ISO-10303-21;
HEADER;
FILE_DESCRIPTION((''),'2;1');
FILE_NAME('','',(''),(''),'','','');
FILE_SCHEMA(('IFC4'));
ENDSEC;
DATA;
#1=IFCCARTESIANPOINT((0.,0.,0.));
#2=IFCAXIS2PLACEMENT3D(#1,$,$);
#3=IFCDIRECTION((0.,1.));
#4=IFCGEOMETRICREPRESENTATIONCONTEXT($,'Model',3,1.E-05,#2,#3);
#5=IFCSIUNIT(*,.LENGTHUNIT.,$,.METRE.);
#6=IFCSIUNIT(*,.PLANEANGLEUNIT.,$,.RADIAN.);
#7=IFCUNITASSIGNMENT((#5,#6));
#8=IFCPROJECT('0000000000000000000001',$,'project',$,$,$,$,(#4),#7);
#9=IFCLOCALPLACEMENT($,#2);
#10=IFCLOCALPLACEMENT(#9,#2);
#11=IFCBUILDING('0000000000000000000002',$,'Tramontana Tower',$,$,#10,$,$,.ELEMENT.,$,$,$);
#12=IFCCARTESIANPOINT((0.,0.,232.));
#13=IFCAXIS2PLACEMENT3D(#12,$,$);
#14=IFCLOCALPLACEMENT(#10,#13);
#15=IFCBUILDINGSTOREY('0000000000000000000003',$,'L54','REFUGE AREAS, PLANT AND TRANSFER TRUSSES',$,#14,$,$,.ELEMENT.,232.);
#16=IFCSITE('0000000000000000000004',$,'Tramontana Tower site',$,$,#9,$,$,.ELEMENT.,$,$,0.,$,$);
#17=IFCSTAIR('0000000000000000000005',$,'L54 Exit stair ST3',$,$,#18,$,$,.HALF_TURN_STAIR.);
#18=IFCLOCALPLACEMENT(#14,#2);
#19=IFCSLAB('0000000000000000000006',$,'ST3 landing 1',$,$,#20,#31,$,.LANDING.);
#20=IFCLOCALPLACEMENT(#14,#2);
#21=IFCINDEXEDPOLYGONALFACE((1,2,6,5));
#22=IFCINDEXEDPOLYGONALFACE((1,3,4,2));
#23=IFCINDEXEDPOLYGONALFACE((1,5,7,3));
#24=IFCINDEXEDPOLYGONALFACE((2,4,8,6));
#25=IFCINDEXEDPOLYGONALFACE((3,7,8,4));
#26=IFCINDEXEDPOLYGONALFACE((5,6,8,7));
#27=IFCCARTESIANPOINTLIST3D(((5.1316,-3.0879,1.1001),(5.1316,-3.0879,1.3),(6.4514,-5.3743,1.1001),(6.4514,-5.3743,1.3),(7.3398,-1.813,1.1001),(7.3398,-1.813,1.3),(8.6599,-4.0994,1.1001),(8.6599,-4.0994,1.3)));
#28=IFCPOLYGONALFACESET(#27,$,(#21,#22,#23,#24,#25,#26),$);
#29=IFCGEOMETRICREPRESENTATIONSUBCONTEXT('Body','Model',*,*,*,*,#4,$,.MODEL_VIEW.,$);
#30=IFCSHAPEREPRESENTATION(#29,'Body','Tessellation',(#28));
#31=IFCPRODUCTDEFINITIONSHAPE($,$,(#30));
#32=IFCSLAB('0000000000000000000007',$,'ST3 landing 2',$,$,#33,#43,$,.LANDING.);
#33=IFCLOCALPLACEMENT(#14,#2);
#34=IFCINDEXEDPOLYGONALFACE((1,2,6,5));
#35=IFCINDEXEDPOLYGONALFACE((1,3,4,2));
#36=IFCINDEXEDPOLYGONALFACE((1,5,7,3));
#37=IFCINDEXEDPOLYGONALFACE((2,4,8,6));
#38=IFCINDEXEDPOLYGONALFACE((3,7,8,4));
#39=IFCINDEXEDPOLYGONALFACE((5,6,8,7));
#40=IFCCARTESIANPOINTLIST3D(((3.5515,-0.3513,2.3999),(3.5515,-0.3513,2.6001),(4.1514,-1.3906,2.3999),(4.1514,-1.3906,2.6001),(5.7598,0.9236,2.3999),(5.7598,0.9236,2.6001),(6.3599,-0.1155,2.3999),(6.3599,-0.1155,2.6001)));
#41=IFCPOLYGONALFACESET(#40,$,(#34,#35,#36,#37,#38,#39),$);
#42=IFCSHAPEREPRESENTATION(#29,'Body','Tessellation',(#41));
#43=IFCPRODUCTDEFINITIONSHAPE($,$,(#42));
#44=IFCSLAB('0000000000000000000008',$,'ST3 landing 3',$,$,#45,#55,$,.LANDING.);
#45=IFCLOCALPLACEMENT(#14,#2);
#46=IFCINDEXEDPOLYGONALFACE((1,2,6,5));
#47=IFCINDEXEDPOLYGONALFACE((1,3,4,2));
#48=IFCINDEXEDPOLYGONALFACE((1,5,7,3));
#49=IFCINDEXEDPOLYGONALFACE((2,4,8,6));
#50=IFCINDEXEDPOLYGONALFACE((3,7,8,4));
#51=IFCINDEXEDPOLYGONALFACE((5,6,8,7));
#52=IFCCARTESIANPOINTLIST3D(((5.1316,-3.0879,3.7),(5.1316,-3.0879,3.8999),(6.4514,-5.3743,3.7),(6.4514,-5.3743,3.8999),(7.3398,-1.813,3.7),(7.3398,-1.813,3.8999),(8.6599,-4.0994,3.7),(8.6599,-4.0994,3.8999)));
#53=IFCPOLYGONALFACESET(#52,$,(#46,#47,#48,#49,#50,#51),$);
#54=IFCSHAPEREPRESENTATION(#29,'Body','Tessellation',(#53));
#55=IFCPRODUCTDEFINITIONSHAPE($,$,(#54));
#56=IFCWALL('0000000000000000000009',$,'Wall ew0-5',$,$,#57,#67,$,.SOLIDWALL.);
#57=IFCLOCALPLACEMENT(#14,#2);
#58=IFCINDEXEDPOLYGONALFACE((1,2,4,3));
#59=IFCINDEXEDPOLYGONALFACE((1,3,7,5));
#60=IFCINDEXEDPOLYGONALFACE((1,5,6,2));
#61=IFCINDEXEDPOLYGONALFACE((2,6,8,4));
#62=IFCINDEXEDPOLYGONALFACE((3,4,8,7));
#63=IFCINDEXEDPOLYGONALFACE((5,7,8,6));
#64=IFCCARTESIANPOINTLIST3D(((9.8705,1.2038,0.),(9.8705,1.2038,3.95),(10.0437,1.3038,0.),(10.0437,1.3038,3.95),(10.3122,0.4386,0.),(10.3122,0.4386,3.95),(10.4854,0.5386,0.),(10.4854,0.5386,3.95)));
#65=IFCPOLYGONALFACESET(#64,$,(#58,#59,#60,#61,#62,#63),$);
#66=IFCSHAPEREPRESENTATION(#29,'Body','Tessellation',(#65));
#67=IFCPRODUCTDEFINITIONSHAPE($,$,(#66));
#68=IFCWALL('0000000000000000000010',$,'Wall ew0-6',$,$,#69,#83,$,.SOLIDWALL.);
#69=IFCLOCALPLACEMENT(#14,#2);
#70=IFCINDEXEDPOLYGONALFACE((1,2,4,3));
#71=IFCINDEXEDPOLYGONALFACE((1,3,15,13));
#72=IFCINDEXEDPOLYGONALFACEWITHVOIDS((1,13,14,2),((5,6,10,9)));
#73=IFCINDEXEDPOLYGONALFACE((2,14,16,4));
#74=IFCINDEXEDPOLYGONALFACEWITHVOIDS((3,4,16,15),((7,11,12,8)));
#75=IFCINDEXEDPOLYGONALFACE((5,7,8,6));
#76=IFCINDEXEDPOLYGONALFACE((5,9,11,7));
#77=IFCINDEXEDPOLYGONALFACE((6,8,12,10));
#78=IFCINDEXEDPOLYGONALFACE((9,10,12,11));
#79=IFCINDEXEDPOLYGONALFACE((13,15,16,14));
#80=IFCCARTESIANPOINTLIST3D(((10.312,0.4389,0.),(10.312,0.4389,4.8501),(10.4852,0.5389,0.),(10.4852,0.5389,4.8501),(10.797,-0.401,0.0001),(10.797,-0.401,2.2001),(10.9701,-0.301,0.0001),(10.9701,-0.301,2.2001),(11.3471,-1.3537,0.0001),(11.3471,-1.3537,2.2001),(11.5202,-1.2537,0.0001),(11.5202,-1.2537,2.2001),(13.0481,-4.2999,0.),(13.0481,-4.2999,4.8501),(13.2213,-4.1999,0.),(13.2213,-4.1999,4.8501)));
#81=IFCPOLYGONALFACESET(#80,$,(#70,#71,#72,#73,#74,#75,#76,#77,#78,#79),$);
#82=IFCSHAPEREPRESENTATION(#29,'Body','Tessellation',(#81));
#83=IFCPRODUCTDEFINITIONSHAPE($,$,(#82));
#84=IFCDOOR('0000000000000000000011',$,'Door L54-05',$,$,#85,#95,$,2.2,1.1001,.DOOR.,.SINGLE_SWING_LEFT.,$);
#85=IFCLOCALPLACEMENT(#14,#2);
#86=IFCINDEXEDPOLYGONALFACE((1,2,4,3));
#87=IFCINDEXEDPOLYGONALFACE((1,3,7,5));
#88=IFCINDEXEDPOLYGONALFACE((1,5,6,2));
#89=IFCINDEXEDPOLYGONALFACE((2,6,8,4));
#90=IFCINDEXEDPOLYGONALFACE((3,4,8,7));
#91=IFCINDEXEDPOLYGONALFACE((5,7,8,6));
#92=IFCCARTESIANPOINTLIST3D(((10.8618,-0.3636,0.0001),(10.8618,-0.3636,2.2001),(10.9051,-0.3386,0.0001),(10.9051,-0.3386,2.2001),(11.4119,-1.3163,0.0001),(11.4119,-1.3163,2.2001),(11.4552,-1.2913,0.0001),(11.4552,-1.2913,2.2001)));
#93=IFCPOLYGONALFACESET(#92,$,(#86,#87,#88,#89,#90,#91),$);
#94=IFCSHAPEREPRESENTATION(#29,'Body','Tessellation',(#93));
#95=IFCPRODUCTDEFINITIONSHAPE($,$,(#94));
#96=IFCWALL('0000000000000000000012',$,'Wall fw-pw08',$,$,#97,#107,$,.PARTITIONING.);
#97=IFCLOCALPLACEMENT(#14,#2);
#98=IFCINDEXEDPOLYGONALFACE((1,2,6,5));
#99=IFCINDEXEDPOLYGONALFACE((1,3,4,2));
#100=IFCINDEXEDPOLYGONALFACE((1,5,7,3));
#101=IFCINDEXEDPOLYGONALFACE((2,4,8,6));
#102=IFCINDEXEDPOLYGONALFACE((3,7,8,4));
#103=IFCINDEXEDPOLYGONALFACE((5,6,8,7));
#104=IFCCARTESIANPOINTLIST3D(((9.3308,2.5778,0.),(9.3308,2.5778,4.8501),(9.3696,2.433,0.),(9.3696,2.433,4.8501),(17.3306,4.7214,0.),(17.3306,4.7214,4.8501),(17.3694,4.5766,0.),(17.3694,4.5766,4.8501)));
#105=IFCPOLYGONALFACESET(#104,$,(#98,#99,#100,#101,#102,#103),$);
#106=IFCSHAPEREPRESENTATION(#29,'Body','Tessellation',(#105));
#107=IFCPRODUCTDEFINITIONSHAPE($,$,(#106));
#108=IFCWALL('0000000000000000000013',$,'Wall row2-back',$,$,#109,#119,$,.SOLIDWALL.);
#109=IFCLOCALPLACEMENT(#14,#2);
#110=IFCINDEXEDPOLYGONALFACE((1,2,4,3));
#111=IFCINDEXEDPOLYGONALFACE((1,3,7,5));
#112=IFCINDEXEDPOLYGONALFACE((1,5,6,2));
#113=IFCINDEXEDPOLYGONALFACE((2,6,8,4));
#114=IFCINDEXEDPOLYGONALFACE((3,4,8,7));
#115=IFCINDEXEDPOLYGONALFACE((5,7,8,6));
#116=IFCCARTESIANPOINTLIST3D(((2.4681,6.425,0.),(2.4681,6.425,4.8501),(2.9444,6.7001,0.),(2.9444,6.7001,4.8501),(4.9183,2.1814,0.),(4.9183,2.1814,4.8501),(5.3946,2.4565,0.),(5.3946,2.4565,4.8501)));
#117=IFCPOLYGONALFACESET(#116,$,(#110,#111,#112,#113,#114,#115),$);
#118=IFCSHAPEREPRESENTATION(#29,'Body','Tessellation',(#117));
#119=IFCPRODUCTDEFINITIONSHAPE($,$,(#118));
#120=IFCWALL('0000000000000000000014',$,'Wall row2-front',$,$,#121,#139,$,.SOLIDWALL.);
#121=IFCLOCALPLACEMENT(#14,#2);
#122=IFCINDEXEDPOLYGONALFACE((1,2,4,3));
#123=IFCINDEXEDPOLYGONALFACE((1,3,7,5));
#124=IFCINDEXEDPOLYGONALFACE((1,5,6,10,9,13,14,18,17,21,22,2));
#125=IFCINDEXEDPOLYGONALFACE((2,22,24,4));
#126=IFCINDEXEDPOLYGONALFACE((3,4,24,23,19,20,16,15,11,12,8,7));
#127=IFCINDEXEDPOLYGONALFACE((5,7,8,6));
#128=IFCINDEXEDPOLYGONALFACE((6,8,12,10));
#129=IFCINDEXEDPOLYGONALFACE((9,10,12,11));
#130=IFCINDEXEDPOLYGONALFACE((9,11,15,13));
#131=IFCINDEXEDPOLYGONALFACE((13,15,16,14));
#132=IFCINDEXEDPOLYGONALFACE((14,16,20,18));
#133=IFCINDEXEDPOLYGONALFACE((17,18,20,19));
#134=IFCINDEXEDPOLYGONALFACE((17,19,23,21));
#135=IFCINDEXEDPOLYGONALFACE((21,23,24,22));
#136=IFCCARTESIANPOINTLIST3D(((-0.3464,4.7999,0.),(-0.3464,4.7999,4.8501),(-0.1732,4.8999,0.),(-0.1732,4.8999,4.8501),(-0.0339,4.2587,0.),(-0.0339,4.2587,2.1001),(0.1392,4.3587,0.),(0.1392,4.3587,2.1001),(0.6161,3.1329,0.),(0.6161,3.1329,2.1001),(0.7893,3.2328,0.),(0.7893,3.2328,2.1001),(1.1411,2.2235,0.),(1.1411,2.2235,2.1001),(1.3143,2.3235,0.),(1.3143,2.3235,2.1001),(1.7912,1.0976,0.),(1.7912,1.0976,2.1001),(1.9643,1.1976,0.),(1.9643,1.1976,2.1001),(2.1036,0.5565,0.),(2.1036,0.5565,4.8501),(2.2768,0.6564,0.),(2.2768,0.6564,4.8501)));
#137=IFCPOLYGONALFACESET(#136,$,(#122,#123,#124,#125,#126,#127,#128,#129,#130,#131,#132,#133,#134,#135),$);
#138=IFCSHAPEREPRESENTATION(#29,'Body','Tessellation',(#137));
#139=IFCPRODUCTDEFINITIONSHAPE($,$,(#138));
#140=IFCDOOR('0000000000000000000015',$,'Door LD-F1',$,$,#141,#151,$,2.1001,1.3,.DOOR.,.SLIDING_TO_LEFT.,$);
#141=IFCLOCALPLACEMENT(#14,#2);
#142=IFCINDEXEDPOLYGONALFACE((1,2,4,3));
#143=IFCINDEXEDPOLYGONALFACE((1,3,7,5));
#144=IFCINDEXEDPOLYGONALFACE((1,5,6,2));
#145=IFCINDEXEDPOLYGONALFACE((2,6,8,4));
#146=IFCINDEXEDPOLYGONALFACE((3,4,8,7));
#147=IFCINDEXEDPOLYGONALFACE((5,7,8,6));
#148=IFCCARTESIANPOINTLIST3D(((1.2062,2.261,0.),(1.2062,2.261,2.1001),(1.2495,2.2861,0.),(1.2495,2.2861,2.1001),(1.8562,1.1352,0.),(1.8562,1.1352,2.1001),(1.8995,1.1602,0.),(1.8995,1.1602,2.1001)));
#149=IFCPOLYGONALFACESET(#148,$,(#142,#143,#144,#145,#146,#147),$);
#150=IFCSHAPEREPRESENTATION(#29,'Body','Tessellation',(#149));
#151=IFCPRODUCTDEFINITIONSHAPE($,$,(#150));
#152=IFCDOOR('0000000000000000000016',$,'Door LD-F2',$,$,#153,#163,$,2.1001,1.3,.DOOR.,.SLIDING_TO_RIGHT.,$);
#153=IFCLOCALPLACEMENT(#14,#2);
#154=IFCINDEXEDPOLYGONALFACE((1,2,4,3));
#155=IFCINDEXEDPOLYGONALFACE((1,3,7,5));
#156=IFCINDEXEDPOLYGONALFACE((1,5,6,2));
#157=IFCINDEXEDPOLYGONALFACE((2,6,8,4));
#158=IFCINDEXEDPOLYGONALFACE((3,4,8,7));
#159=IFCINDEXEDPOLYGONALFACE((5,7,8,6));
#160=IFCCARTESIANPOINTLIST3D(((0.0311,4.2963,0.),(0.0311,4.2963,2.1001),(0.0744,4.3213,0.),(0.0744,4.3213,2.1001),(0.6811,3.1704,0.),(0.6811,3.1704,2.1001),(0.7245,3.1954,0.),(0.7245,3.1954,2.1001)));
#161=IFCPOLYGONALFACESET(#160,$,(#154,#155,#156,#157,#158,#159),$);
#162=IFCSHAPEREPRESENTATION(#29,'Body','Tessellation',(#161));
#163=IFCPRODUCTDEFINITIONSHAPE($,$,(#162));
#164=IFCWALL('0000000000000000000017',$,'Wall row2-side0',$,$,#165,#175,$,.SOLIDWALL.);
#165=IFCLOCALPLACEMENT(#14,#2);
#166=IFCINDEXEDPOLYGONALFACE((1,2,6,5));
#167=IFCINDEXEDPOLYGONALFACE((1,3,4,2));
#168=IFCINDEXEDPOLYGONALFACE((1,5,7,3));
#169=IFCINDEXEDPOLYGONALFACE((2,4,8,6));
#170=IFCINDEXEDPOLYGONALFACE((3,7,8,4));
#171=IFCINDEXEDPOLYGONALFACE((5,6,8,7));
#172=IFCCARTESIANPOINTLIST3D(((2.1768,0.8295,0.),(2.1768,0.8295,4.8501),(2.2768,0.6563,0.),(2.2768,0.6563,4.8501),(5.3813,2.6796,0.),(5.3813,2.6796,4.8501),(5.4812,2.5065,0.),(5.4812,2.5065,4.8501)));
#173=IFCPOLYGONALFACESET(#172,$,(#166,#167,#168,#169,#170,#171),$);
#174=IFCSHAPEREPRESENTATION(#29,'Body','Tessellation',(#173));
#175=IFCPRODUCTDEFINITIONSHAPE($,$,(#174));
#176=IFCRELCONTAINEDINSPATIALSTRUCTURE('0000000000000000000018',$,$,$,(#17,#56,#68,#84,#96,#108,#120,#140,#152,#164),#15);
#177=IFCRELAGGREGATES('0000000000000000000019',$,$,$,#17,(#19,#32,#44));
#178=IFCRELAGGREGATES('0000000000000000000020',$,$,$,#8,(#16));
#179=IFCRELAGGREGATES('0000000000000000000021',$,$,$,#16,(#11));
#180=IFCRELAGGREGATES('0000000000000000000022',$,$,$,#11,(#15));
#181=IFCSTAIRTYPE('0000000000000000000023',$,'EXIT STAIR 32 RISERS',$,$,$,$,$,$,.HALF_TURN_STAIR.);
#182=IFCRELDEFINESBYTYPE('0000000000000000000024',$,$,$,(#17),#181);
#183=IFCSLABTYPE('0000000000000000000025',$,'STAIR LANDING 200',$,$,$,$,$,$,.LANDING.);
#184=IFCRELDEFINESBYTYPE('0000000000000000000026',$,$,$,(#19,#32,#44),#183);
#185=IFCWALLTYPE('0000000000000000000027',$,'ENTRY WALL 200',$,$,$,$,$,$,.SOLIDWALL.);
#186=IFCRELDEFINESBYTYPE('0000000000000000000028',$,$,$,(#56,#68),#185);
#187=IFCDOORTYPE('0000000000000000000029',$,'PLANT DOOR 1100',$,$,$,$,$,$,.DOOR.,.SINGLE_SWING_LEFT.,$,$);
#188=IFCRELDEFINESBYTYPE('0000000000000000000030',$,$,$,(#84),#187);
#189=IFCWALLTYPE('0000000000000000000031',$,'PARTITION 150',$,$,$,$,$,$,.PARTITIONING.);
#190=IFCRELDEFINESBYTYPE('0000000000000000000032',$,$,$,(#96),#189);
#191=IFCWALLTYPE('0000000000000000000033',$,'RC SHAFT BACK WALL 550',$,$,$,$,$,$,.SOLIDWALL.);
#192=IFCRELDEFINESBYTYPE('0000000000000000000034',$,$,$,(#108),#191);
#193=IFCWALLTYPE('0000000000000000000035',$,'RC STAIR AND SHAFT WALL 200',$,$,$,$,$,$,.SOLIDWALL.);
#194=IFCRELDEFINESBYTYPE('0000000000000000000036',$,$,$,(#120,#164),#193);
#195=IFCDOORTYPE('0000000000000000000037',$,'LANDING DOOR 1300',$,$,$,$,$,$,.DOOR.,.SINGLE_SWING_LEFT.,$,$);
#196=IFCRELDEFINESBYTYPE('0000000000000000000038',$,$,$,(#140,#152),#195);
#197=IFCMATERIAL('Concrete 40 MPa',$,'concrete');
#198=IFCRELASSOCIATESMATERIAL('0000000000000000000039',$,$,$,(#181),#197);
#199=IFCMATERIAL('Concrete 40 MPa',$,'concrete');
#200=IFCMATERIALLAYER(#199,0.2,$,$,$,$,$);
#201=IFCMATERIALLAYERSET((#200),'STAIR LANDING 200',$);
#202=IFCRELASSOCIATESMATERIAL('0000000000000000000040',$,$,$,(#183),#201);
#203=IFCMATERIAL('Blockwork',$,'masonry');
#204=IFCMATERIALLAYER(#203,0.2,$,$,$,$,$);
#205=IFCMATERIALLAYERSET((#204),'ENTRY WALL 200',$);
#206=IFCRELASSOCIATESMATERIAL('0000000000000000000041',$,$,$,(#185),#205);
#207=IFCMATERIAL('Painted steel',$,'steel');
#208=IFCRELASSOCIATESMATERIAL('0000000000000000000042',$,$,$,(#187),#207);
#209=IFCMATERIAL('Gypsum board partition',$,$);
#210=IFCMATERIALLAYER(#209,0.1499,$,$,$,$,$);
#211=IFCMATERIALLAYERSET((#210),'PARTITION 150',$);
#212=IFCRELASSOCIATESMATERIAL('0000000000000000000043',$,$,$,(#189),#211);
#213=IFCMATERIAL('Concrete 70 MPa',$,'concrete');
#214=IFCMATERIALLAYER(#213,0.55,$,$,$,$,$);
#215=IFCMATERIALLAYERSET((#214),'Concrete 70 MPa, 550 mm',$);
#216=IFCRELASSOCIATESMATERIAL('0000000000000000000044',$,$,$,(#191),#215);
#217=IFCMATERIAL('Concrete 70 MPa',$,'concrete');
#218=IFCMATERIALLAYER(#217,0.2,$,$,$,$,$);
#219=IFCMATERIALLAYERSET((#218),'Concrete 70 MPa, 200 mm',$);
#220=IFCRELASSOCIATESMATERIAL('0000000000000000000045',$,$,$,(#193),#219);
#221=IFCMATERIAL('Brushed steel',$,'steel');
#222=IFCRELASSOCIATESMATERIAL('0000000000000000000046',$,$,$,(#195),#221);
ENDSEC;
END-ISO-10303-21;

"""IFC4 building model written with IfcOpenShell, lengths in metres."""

from ifc_helpers import new_model, si_unit, direction, frame, frame_2d, origin, place, context, subcontext, project, spatial, polyline, rectangle, outline, extrude, material, layer, layer_set, type_object, element, fill, aggregate, save


model = new_model("IFC4")

# Units and contexts
model_context = context("Model", 3, precision=1e-05, world=origin(), true_north=direction((0.0, 1.0)))
body_context = subcontext(model_context, "Body", "Model", "MODEL_VIEW")
ifc_project = project(units=[si_unit("LENGTHUNIT", "METRE"), si_unit("PLANEANGLEUNIT", "RADIAN")], contexts=[model_context])

# Site, building, storey
site_placement = place(None, origin())
site = spatial("IfcSite", under=ifc_project, at=site_placement, Name="Tramontana Tower site", CompositionType="ELEMENT", RefElevation=0.0)
building_placement = place(site_placement, origin())
building = spatial("IfcBuilding", under=site, at=building_placement, Name="Tramontana Tower", CompositionType="ELEMENT")
storey_placement = place(building_placement, frame((0.0, 0.0, 232.0)))
storey = spatial("IfcBuildingStorey", under=building, at=storey_placement, Name="L54", Description="REFUGE AREAS, PLANT AND TRANSFER TRUSSES", CompositionType="ELEMENT", Elevation=232.0)

# Shared definitions
ifc_material_1 = material(Name="Concrete 40 MPa", Category="concrete")
stair_type = type_object("IfcStairType", Name="EXIT STAIR 32 RISERS", PredefinedType="HALF_TURN_STAIR", material=ifc_material_1)
ifc_material_2 = material(Name="Concrete 40 MPa", Category="concrete")
ifc_layer_1 = layer(ifc_material_2, 0.2)
ifc_layer_set_1 = layer_set([ifc_layer_1], Name="STAIR LANDING 200")
slab_type = type_object("IfcSlabType", Name="STAIR LANDING 200", PredefinedType="LANDING", material=ifc_layer_set_1)

# Stair, slabs
stair_1_placement = place(storey_placement, origin())
stair_1 = element("IfcStair", 1, at=stair_1_placement, inside=storey, type_object=stair_type, Name="L54 Exit stair ST3", PredefinedType="HALF_TURN_STAIR")
slab_1_placement = place(storey_placement, frame((0.0, 0.0, 1.1001)))
slab_1 = element("IfcSlab", 2, at=slab_1_placement, type_object=slab_type, Name="ST3 landing 1", PredefinedType="LANDING", context=body_context, shape_type="SweptSolid", body=[
    extrude(outline(polyline([(5.1316, -3.0879), (6.4514, -5.3743), (8.6599, -4.0994), (7.3398, -1.813), (5.1316, -3.0879)])), origin(), (0.0, 0.0, 1.0), 0.2),
])
slab_2_placement = place(storey_placement, frame((0.0, 0.0, 2.3999)))
slab_2 = element("IfcSlab", 3, at=slab_2_placement, type_object=slab_type, Name="ST3 landing 2", PredefinedType="LANDING", context=body_context, shape_type="SweptSolid", body=[
    extrude(outline(polyline([(3.5515, -0.3513), (4.1514, -1.3906), (6.3599, -0.1155), (5.7598, 0.9236), (3.5515, -0.3513)])), origin(), (0.0, 0.0, 1.0), 0.2002),
])
slab_3_placement = place(storey_placement, frame((0.0, 0.0, 3.7)))
slab_3 = element("IfcSlab", 4, at=slab_3_placement, type_object=slab_type, Name="ST3 landing 3", PredefinedType="LANDING", context=body_context, shape_type="SweptSolid", body=[
    extrude(outline(polyline([(5.1316, -3.0879), (6.4514, -5.3743), (8.6599, -4.0994), (7.3398, -1.813), (5.1316, -3.0879)])), origin(), (0.0, 0.0, 1.0), 0.2),
])
aggregate(stair_1, [slab_1, slab_2, slab_3])

# Wall
ifc_material_3 = material(Name="Blockwork", Category="masonry")
ifc_layer_2 = layer(ifc_material_3, 0.2)
ifc_layer_set_2 = layer_set([ifc_layer_2], Name="ENTRY WALL 200")
wall_type_1 = type_object("IfcWallType", Name="ENTRY WALL 200", PredefinedType="SOLIDWALL", material=ifc_layer_set_2)
wall_1_placement = place(storey_placement, frame((9.957, 1.2539, 0.0), z_axis=(0.0, 0.0, 1.0), x_axis=(0.499914, -0.866075, 0.0)))
element("IfcWall", 5, at=wall_1_placement, inside=storey, type_object=wall_type_1, Name="Wall ew0-5", PredefinedType="SOLIDWALL", context=body_context, shape_type="SweptSolid", body=[
    extrude(rectangle(XDim=0.8835, YDim=0.2, at=frame_2d((0.4419, 0.0))), origin(), (0.0, 0.0, 1.0), 3.95),
])

# Wall, opening, door
wall_2_placement = place(storey_placement, frame((10.3987, 0.4888, 0.0), z_axis=(0.0, 0.0, 1.0), x_axis=(0.500021, -0.866013, 0.0)))
wall_2 = element("IfcWall", 6, at=wall_2_placement, inside=storey, type_object=wall_type_1, Name="Wall ew0-6", PredefinedType="SOLIDWALL", context=body_context, shape_type="SweptSolid", body=[
    extrude(rectangle(XDim=5.4719, YDim=0.2, at=frame_2d((2.7358, 0.0))), origin(), (0.0, 0.0, 1.0), 4.8501),
])
opening_1_placement = place(wall_2_placement, frame((0.9697, 0.0, 0.0)))
opening_1 = element("IfcOpeningElement", 7, at=opening_1_placement, cuts=wall_2, PredefinedType="OPENING", context=body_context, shape_type="SweptSolid", body=[
    extrude(rectangle(XDim=1.1001, YDim=2.2, at=frame_2d((0.55, 1.1001))), frame((0.0, 0.1099, 0.0), z_axis=(0.0, -1.0, 0.0), x_axis=(1.0, 0.0, 0.0)), (0.0, 0.0, 1.0), 0.22),
])
ifc_material_4 = material(Name="Painted steel", Category="steel")
door_type_1 = type_object("IfcDoorType", Name="PLANT DOOR 1100", OperationType="SINGLE_SWING_LEFT", PredefinedType="DOOR", material=ifc_material_4)
door_1_placement = place(opening_1_placement, origin())
door_1 = element("IfcDoor", 8, at=door_1_placement, inside=storey, type_object=door_type_1, Name="Door L54-05", OperationType="SINGLE_SWING_LEFT", OverallHeight=2.2, OverallWidth=1.1001, PredefinedType="DOOR", context=body_context, shape_type="SweptSolid", body=[
    extrude(rectangle(XDim=1.1001, YDim=2.2, at=frame_2d((0.55, 1.1001))), frame((0.0, 0.0249, 0.0), z_axis=(0.0, -1.0, 0.0), x_axis=(1.0, 0.0, 0.0)), (0.0, 0.0, 1.0), 0.05),
])
fill(opening_1, door_1)

# Walls
ifc_material_5 = material(Name="Gypsum board partition")
ifc_layer_3 = layer(ifc_material_5, 0.1499)
ifc_layer_set_3 = layer_set([ifc_layer_3], Name="PARTITION 150")
wall_type_2 = type_object("IfcWallType", Name="PARTITION 150", PredefinedType="PARTITIONING", material=ifc_layer_set_3)
wall_3_placement = place(storey_placement, frame((9.3501, 2.5054, 0.0), z_axis=(0.0, 0.0, 1.0), x_axis=(0.965925, 0.258822, 0.0)))
element("IfcWall", 9, at=wall_3_placement, inside=storey, type_object=wall_type_2, Name="Wall fw-pw08", PredefinedType="PARTITIONING", context=body_context, shape_type="SweptSolid", body=[
    extrude(rectangle(XDim=8.282, YDim=0.1499, at=frame_2d((4.1411, 0.0))), origin(), (0.0, 0.0, 1.0), 4.8501),
])
ifc_material_6 = material(Name="Concrete 70 MPa", Category="concrete")
ifc_layer_4 = layer(ifc_material_6, 0.55)
ifc_layer_set_4 = layer_set([ifc_layer_4], Name="Concrete 70 MPa, 550 mm")
wall_type_3 = type_object("IfcWallType", Name="RC SHAFT BACK WALL 550", PredefinedType="SOLIDWALL", material=ifc_layer_set_4)
wall_4_placement = place(storey_placement, frame((5.1565, 2.3188, 0.0), z_axis=(0.0, 0.0, 1.0), x_axis=(-0.500019, 0.866015, 0.0)))
element("IfcWall", 10, at=wall_4_placement, inside=storey, type_object=wall_type_3, Name="Wall row2-back", PredefinedType="SOLIDWALL", context=body_context, shape_type="SweptSolid", body=[
    extrude(rectangle(XDim=4.9001, YDim=0.55, at=frame_2d((2.4502, 0.0))), origin(), (0.0, 0.0, 1.0), 4.8501),
])

# Wall, openings, doors
ifc_material_7 = material(Name="Concrete 70 MPa", Category="concrete")
ifc_layer_5 = layer(ifc_material_7, 0.2)
ifc_layer_set_5 = layer_set([ifc_layer_5], Name="Concrete 70 MPa, 200 mm")
wall_type_4 = type_object("IfcWallType", Name="RC STAIR AND SHAFT WALL 200", PredefinedType="SOLIDWALL", material=ifc_layer_set_5)
wall_5_placement = place(storey_placement, frame((2.1902, 0.6064, 0.0), z_axis=(0.0, 0.0, 1.0), x_axis=(-0.500003, 0.866024, 0.0)))
wall_5 = element("IfcWall", 11, at=wall_5_placement, inside=storey, type_object=wall_type_4, Name="Wall row2-front", PredefinedType="SOLIDWALL", context=body_context, shape_type="SweptSolid", body=[
    extrude(rectangle(XDim=4.8999, YDim=0.2, at=frame_2d((2.45, 0.0))), origin(), (0.0, 0.0, 1.0), 4.8501),
])
opening_2_placement = place(wall_5_placement, frame((0.625, 0.0, 0.0)))
opening_2 = element("IfcOpeningElement", 12, at=opening_2_placement, cuts=wall_5, PredefinedType="OPENING", context=body_context, shape_type="SweptSolid", body=[
    extrude(rectangle(XDim=1.3, YDim=2.1001, at=frame_2d((0.6499, 1.05))), frame((0.0, 0.1099, 0.0), z_axis=(0.0, -1.0, 0.0), x_axis=(1.0, 0.0, 0.0)), (0.0, 0.0, 1.0), 0.22),
])
opening_3_placement = place(wall_5_placement, frame((2.9751, 0.0, 0.0)))
opening_3 = element("IfcOpeningElement", 13, at=opening_3_placement, cuts=wall_5, PredefinedType="OPENING", context=body_context, shape_type="SweptSolid", body=[
    extrude(rectangle(XDim=1.3, YDim=2.1001, at=frame_2d((0.6499, 1.05))), frame((0.0, 0.1099, 0.0), z_axis=(0.0, -1.0, 0.0), x_axis=(1.0, 0.0, 0.0)), (0.0, 0.0, 1.0), 0.22),
])
ifc_material_8 = material(Name="Brushed steel", Category="steel")
door_type_2 = type_object("IfcDoorType", Name="LANDING DOOR 1300", OperationType="SINGLE_SWING_LEFT", PredefinedType="DOOR", material=ifc_material_8)
door_2_placement = place(opening_2_placement, origin())
door_2 = element("IfcDoor", 14, at=door_2_placement, inside=storey, type_object=door_type_2, Name="Door LD-F1", OperationType="SLIDING_TO_LEFT", OverallHeight=2.1001, OverallWidth=1.3, PredefinedType="DOOR", context=body_context, shape_type="SweptSolid", body=[
    extrude(rectangle(XDim=1.3, YDim=2.1001, at=frame_2d((0.6499, 1.05))), frame((0.0, 0.0249, 0.0), z_axis=(0.0, -1.0, 0.0), x_axis=(1.0, 0.0, 0.0)), (0.0, 0.0, 1.0), 0.05),
])
fill(opening_2, door_2)
door_3_placement = place(opening_3_placement, origin())
door_3 = element("IfcDoor", 15, at=door_3_placement, inside=storey, type_object=door_type_2, Name="Door LD-F2", OperationType="SLIDING_TO_RIGHT", OverallHeight=2.1001, OverallWidth=1.3, PredefinedType="DOOR", context=body_context, shape_type="SweptSolid", body=[
    extrude(rectangle(XDim=1.3, YDim=2.1001, at=frame_2d((0.6499, 1.05))), frame((0.0, 0.0249, 0.0), z_axis=(0.0, -1.0, 0.0), x_axis=(1.0, 0.0, 0.0)), (0.0, 0.0, 1.0), 0.05),
])
fill(opening_3, door_3)

# Wall
for number, where, z_axis, x_axis, name in (
    (16, (2.2268, 0.7429, 0.0), (0.0, 0.0, 1.0), (0.866017, 0.500014, 0.0), "Wall row2-side0"),
):
    element("IfcWall", number, at=place(storey_placement, frame(where, z_axis=z_axis, x_axis=x_axis)), inside=storey, type_object=wall_type_4, Name=name, PredefinedType="SOLIDWALL", context=body_context, shape_type="SweptSolid", body=[
        extrude(rectangle(XDim=3.7002, YDim=0.2, at=frame_2d((1.8501, 0.0))), origin(), (0.0, 0.0, 1.0), 4.8501),
    ])

save(model, "model.ifc")
